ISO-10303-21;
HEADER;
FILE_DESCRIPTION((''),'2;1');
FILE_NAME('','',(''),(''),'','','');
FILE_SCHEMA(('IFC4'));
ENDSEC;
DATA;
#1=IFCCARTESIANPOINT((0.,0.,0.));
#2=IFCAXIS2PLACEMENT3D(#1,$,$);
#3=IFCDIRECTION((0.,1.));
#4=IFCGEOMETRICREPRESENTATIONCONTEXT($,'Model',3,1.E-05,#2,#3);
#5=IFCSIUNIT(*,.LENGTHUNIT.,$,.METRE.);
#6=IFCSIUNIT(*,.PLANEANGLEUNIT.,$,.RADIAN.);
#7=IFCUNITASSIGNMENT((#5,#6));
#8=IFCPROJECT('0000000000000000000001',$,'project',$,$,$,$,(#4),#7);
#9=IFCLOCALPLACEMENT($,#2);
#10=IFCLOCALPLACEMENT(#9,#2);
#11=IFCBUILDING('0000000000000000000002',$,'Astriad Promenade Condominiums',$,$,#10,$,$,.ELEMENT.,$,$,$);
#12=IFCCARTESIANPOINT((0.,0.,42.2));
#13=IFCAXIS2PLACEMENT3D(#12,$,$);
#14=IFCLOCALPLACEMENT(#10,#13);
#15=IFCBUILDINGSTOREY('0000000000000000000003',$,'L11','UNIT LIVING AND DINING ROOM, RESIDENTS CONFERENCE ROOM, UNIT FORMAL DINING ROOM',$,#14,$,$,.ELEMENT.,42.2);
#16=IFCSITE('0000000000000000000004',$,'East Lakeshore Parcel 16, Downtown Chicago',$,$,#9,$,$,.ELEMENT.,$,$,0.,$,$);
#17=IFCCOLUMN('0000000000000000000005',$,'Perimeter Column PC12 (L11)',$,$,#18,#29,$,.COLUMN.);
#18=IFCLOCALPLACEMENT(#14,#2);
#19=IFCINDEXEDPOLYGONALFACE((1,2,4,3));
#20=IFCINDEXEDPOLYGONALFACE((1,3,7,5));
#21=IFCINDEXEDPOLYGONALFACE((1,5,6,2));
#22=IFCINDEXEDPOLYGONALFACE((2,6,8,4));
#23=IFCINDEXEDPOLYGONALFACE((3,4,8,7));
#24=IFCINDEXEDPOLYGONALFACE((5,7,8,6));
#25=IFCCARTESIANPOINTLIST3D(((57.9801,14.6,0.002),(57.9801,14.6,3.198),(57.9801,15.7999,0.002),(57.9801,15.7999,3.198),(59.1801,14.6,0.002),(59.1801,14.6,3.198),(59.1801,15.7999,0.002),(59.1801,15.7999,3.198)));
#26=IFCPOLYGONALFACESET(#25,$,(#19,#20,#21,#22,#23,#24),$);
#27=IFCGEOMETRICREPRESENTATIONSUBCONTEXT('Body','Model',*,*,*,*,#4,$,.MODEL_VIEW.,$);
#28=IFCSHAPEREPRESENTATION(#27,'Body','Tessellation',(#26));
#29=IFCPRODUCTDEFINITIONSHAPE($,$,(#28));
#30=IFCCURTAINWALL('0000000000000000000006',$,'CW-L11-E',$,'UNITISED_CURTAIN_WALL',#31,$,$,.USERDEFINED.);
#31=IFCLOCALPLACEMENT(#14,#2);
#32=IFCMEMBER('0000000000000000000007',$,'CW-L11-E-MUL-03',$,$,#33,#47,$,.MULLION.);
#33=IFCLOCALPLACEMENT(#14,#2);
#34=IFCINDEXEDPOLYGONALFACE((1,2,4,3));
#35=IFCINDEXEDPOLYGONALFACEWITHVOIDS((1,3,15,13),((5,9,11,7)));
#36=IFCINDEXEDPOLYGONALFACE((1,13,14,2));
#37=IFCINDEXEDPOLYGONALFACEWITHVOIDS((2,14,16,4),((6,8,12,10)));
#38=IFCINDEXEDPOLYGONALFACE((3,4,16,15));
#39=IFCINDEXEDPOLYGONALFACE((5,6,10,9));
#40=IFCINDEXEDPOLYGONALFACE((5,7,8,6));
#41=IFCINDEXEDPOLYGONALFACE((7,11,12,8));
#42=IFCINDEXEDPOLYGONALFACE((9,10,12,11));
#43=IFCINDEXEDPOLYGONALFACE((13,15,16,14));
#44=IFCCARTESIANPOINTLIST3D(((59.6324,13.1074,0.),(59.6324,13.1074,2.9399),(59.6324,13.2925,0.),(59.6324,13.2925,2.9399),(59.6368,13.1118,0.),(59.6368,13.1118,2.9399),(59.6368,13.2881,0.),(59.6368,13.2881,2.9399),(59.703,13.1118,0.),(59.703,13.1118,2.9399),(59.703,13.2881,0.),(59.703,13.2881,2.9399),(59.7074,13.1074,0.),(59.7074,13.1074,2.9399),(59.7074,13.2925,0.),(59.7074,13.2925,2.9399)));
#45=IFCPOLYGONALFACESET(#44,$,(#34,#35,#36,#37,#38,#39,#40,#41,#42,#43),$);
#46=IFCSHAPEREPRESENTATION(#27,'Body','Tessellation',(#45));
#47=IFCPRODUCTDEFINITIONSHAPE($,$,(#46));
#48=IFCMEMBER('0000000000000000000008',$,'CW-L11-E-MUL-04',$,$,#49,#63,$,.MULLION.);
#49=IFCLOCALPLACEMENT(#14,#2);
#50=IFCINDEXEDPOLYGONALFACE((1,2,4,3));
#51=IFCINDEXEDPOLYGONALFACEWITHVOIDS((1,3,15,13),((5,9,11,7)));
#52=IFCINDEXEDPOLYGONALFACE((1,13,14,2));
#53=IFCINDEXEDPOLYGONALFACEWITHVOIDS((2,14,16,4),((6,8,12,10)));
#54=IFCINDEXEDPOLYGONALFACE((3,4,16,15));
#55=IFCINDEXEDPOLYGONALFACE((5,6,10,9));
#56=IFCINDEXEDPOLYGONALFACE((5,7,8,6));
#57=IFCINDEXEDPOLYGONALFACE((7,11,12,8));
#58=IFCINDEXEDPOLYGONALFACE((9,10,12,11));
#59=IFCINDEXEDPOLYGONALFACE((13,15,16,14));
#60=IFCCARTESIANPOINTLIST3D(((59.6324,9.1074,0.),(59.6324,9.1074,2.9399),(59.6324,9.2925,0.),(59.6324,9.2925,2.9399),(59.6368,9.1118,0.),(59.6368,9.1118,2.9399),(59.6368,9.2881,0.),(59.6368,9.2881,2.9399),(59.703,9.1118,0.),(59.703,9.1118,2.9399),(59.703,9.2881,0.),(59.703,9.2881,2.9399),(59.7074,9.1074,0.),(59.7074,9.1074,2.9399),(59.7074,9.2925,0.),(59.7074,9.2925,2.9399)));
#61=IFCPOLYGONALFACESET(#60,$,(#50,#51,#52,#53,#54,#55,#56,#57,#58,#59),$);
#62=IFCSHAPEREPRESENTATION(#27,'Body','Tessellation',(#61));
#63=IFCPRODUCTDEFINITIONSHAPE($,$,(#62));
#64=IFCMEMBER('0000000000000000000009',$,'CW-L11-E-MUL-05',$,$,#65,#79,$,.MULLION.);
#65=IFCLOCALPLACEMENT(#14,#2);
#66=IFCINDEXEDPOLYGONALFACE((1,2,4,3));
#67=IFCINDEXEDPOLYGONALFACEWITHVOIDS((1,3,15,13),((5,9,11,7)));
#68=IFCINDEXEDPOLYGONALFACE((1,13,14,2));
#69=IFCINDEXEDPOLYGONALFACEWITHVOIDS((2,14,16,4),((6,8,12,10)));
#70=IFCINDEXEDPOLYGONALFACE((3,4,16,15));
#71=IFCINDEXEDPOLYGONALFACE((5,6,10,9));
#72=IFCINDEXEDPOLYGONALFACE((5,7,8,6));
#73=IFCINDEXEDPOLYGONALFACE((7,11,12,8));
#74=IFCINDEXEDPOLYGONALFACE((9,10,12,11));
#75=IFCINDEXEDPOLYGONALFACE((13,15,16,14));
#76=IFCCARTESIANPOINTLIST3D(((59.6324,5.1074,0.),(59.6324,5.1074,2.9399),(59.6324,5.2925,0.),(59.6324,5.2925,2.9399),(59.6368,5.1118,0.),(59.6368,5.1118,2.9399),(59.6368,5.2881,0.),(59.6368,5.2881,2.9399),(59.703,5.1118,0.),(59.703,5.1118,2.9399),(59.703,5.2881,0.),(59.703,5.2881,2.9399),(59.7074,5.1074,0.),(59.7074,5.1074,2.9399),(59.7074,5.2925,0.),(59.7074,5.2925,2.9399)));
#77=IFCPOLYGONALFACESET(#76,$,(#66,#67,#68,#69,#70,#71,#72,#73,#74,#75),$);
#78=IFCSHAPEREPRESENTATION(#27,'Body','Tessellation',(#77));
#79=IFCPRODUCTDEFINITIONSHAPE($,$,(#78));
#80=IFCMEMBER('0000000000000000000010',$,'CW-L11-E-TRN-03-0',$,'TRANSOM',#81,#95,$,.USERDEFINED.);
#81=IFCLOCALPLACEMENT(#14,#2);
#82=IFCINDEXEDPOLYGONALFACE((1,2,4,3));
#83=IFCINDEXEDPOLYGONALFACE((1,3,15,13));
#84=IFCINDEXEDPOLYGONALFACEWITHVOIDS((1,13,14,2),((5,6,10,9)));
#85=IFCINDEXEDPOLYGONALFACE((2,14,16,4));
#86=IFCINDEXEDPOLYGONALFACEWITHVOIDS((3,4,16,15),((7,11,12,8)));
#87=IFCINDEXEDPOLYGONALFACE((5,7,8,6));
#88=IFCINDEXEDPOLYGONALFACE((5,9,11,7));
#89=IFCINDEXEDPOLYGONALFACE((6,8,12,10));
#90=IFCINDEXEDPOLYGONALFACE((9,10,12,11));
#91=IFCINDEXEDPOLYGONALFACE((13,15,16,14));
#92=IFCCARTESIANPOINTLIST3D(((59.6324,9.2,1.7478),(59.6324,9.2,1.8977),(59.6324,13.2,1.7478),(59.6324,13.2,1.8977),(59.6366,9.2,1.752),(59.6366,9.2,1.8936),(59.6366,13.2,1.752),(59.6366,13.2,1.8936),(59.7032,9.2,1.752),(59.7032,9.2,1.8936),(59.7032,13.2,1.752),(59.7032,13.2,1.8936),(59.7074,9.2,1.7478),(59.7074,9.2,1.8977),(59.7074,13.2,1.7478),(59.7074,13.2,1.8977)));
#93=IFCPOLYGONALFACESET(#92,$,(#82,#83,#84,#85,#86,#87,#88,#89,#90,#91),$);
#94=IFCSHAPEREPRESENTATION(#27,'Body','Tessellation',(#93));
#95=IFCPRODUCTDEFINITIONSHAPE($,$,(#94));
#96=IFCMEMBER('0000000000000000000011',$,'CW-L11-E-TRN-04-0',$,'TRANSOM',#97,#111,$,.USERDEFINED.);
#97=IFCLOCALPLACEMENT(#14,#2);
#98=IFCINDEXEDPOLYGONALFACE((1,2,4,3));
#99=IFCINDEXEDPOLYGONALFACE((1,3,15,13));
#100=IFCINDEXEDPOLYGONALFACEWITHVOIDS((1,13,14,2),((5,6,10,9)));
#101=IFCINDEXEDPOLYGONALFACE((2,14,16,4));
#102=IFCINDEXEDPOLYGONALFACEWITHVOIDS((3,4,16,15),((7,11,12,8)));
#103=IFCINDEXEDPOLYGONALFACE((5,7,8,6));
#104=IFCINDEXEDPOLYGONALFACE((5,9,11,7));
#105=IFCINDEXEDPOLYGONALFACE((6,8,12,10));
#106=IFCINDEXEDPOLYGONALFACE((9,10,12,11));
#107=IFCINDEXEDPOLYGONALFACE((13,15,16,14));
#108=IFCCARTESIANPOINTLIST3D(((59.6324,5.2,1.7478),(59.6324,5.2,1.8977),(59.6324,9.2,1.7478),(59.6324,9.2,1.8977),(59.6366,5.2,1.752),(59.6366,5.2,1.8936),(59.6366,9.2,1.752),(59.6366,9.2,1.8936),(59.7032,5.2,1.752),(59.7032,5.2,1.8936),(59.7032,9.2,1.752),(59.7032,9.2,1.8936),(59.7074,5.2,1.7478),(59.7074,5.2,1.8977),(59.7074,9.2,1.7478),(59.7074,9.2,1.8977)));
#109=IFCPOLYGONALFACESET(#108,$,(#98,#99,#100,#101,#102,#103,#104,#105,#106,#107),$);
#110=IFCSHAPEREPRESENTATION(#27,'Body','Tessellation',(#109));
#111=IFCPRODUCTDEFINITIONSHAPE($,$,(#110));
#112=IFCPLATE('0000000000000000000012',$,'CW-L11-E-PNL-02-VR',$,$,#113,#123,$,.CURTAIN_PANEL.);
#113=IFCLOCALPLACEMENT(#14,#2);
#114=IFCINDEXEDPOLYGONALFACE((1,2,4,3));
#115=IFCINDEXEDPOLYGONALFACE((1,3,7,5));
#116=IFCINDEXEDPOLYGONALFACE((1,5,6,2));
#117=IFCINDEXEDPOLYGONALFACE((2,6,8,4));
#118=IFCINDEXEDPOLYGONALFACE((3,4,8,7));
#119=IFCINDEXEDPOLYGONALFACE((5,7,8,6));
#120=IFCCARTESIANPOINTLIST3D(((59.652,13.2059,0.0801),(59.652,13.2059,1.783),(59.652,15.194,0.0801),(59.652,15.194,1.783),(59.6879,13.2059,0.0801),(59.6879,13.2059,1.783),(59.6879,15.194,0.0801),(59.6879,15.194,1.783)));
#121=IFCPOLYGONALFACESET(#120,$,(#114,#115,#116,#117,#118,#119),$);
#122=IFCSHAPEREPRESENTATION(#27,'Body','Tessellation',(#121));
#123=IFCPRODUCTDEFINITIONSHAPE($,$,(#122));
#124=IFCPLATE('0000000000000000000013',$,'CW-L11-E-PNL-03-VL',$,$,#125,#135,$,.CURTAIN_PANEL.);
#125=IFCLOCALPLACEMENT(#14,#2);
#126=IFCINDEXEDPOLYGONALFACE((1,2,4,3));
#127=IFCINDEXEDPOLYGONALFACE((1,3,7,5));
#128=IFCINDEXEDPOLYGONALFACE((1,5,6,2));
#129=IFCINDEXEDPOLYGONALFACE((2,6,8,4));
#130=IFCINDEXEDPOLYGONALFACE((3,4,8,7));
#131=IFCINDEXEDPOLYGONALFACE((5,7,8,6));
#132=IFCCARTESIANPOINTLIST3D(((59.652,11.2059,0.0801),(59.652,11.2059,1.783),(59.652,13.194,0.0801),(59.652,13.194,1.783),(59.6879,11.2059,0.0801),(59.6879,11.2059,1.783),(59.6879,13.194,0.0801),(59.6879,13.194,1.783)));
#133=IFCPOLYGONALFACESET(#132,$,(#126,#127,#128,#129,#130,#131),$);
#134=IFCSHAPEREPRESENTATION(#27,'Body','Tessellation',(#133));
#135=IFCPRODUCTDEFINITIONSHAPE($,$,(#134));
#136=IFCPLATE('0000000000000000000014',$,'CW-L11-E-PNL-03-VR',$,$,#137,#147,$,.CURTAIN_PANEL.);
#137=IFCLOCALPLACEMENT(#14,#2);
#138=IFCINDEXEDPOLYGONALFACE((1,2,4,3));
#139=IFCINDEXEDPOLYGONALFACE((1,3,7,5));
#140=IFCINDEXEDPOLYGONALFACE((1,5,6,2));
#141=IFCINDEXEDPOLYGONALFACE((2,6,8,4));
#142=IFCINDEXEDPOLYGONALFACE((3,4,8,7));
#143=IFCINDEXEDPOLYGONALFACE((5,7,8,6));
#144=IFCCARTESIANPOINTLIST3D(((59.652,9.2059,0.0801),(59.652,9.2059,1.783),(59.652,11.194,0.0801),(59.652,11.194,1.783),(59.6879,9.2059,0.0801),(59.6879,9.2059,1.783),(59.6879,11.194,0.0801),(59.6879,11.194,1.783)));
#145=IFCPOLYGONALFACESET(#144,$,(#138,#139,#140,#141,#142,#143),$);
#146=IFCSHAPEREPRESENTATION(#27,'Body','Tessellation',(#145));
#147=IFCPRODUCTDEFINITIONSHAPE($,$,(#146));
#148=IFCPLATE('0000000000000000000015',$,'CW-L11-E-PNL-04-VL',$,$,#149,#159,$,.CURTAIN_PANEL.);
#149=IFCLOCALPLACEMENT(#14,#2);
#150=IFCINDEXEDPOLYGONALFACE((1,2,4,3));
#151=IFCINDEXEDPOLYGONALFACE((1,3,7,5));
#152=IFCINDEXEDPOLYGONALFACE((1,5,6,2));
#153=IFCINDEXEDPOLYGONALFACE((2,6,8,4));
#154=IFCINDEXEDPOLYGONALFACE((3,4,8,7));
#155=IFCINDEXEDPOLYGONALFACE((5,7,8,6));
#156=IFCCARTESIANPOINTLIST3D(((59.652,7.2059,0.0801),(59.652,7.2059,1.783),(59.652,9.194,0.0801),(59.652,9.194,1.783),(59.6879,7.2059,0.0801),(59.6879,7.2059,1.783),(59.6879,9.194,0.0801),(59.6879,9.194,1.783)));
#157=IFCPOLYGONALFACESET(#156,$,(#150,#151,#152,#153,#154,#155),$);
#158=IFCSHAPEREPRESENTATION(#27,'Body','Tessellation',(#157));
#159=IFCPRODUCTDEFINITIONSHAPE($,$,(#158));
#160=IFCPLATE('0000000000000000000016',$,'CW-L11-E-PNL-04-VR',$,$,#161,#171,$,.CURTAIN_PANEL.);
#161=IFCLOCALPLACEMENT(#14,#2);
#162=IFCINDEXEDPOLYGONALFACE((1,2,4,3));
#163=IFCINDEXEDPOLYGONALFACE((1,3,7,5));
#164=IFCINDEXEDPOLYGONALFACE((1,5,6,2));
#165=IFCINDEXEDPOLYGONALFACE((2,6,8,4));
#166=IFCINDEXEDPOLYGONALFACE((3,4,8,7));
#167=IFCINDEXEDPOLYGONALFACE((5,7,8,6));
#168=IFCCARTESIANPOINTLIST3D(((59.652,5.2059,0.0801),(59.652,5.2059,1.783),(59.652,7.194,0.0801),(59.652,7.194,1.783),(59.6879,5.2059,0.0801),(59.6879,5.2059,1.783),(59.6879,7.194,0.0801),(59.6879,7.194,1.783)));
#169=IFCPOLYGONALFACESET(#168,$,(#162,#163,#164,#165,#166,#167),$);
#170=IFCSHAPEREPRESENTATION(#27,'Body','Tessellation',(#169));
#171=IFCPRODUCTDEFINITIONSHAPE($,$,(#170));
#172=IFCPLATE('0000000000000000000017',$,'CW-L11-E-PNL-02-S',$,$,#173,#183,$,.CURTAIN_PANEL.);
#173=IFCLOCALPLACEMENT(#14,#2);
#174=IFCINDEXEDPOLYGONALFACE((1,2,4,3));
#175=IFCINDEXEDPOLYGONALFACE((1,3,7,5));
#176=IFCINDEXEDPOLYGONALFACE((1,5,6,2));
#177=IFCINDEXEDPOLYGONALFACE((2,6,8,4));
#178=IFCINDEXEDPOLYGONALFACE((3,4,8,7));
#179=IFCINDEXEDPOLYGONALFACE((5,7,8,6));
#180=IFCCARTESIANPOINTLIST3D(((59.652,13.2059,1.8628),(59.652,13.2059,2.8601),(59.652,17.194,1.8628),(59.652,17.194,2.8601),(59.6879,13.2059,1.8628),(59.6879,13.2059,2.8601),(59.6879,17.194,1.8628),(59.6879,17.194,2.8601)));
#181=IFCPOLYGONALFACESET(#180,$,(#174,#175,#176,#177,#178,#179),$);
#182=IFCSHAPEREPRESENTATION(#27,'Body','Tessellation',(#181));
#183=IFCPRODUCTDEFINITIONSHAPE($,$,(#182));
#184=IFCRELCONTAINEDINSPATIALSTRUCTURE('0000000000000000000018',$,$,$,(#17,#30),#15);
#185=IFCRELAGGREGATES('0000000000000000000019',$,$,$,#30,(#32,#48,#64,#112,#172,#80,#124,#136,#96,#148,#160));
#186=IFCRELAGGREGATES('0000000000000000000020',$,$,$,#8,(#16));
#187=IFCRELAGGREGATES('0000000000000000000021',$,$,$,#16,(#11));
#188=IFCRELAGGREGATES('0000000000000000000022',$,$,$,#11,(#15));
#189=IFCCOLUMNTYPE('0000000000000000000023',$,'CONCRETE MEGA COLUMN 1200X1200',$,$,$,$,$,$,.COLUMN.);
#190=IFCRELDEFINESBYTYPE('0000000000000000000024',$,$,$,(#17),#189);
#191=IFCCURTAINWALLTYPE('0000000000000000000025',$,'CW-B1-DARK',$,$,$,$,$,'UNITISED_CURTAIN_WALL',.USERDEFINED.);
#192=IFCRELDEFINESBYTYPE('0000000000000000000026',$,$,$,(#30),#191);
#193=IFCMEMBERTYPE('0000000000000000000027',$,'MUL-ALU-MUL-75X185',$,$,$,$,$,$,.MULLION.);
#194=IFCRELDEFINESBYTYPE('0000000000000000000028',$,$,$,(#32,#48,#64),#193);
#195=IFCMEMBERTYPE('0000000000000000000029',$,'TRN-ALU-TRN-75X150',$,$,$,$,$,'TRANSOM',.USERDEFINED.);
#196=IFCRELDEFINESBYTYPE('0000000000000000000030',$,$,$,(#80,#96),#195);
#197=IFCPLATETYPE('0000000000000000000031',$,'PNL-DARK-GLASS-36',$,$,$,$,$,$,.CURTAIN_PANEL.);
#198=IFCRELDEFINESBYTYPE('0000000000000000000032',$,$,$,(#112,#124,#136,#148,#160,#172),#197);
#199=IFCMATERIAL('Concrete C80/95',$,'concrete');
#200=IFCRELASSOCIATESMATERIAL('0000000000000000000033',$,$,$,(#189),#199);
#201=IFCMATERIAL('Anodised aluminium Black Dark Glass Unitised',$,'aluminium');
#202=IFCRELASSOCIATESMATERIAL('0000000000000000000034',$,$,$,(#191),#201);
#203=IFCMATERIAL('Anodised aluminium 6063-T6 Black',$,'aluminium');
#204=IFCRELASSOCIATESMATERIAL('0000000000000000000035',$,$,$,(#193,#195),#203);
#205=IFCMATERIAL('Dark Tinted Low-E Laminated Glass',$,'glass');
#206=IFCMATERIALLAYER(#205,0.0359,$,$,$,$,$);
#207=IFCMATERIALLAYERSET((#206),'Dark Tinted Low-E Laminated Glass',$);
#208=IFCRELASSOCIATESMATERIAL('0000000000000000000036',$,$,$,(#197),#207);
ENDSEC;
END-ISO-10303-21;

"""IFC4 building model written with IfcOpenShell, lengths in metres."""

from ifc_helpers import new_model, si_unit, direction, frame, origin, origin_2d, place, context, subcontext, project, spatial, rectangle, hollow_rectangle, extrude, source, transform, mapped, material, layer, layer_set, material_profile, profile_set, type_object, type_shapes, element, aggregate, save


model = new_model("IFC4")

# Units and contexts
model_context = context("Model", 3, precision=1e-05, world=origin(), true_north=direction((0.0, 1.0)))
body_context = subcontext(model_context, "Body", "Model", "MODEL_VIEW")
ifc_project = project(units=[si_unit("LENGTHUNIT", "METRE"), si_unit("PLANEANGLEUNIT", "RADIAN")], contexts=[model_context])

# Site, building, storey
site_placement = place(None, origin())
site = spatial("IfcSite", under=ifc_project, at=site_placement, Name="East Lakeshore Parcel 16, Downtown Chicago", CompositionType="ELEMENT", RefElevation=0.0)
building_placement = place(site_placement, origin())
building = spatial("IfcBuilding", under=site, at=building_placement, Name="Astriad Promenade Condominiums", CompositionType="ELEMENT")
storey_placement = place(building_placement, frame((0.0, 0.0, 42.2)))
storey = spatial("IfcBuildingStorey", under=building, at=storey_placement, Name="L11", Description="UNIT LIVING AND DINING ROOM, RESIDENTS CONFERENCE ROOM, UNIT FORMAL DINING ROOM", CompositionType="ELEMENT", Elevation=42.2)

# Column
ifc_material_1 = material(Name="Concrete C80/95", Category="concrete")
ifc_material_profile_1 = material_profile(ifc_material_1, rectangle(XDim=1.2, YDim=1.2, at=origin_2d()), Name="RC-COL-1200X1200")
ifc_profile_set_1 = profile_set([ifc_material_profile_1], Name="Concrete C80/95")
column_type = type_object("IfcColumnType", Name="CONCRETE MEGA COLUMN 1200X1200", PredefinedType="COLUMN", material=ifc_profile_set_1)
shared_shape_1 = source(origin(), body_context, "Body", "SweptSolid", [
    extrude(rectangle(XDim=1.2, YDim=1.2, at=origin_2d()), origin(), (0.0, 0.0, 1.0), 3.196),
])
type_shapes(column_type, [shared_shape_1])
column_placement = place(storey_placement, frame((58.5801, 15.2, 0.002), z_axis=(0.0, 0.0, 1.0), x_axis=(1.0, 0.0, 0.0)))
element("IfcColumn", 1, at=column_placement, inside=storey, type_object=column_type, Name="Perimeter Column PC12 (L11)", PredefinedType="COLUMN", context=body_context, shape_type="MappedRepresentation", body=[
    mapped(shared_shape_1, transform((0.0, 0.0, 0.0), scale=1.0)),
])

# Curtain wall, members, plates
ifc_material_2 = material(Name="Anodised aluminium Black Dark Glass Unitised", Category="aluminium")
curtain_wall_type = type_object("IfcCurtainWallType", Name="CW-B1-DARK", ElementType="UNITISED_CURTAIN_WALL", PredefinedType="USERDEFINED", material=ifc_material_2)
curtain_wall_placement = place(storey_placement, origin())
curtain_wall = element("IfcCurtainWall", 2, at=curtain_wall_placement, inside=storey, type_object=curtain_wall_type, Name="CW-L11-E", ObjectType="UNITISED_CURTAIN_WALL", PredefinedType="USERDEFINED")
ifc_material_3 = material(Name="Anodised aluminium 6063-T6 Black", Category="aluminium")
ifc_material_profile_2 = material_profile(ifc_material_3, hollow_rectangle(XDim=0.075, YDim=0.1851, WallThickness=0.0044, at=origin_2d()), Name="ALU-MUL-75X185")
ifc_profile_set_2 = profile_set([ifc_material_profile_2], Name="Anodised aluminium 6063-T6 Black")
member_type_1 = type_object("IfcMemberType", Name="MUL-ALU-MUL-75X185", PredefinedType="MULLION", material=ifc_profile_set_2)
shared_shape_2 = source(origin(), body_context, "Body", "SweptSolid", [
    extrude(hollow_rectangle(XDim=0.075, YDim=0.1851, WallThickness=0.0044, at=origin_2d()), origin(), (0.0, 0.0, 1.0), 2.9399),
])
type_shapes(member_type_1, [shared_shape_2])
member_1_placement = place(storey_placement, frame((59.6699, 13.2, 0.0), z_axis=(0.0, 0.0, 1.0), x_axis=(1.0, 0.0, 0.0)))
member_1 = element("IfcMember", 3, at=member_1_placement, type_object=member_type_1, Name="CW-L11-E-MUL-03", PredefinedType="MULLION", context=body_context, shape_type="MappedRepresentation", body=[
    mapped(shared_shape_2, transform((0.0, 0.0, 0.0), scale=1.0)),
])
member_2_placement = place(storey_placement, frame((59.6699, 9.2, 0.0), z_axis=(0.0, 0.0, 1.0), x_axis=(1.0, 0.0, 0.0)))
member_2 = element("IfcMember", 4, at=member_2_placement, type_object=member_type_1, Name="CW-L11-E-MUL-04", PredefinedType="MULLION", context=body_context, shape_type="MappedRepresentation", body=[
    mapped(shared_shape_2, transform((0.0, 0.0, 0.0), scale=1.0)),
])
member_3_placement = place(storey_placement, frame((59.6699, 5.2, 0.0), z_axis=(0.0, 0.0, 1.0), x_axis=(1.0, 0.0, 0.0)))
member_3 = element("IfcMember", 5, at=member_3_placement, type_object=member_type_1, Name="CW-L11-E-MUL-05", PredefinedType="MULLION", context=body_context, shape_type="MappedRepresentation", body=[
    mapped(shared_shape_2, transform((0.0, 0.0, 0.0), scale=1.0)),
])
ifc_material_profile_3 = material_profile(ifc_material_3, hollow_rectangle(XDim=0.075, YDim=0.1499, WallThickness=0.0042, at=origin_2d()), Name="ALU-TRN-75X150")
ifc_profile_set_3 = profile_set([ifc_material_profile_3], Name="Anodised aluminium 6063-T6 Black")
member_type_2 = type_object("IfcMemberType", Name="TRN-ALU-TRN-75X150", ElementType="TRANSOM", PredefinedType="USERDEFINED", material=ifc_profile_set_3)
shared_shape_3 = source(origin(), body_context, "Body", "SweptSolid", [
    extrude(hollow_rectangle(XDim=0.075, YDim=0.1499, WallThickness=0.0042, at=origin_2d()), origin(), (0.0, 0.0, 1.0), 4.0),
])
type_shapes(member_type_2, [shared_shape_3])
member_4_placement = place(storey_placement, frame((59.6699, 13.2, 1.8228), z_axis=(0.0, -1.0, 0.0), x_axis=(1.0, 0.0, 0.0)))
member_4 = element("IfcMember", 6, at=member_4_placement, type_object=member_type_2, Name="CW-L11-E-TRN-03-0", ObjectType="TRANSOM", PredefinedType="USERDEFINED", context=body_context, shape_type="MappedRepresentation", body=[
    mapped(shared_shape_3, transform((0.0, 0.0, 0.0), scale=1.0)),
])
member_5_placement = place(storey_placement, frame((59.6699, 9.2, 1.8228), z_axis=(0.0, -1.0, 0.0), x_axis=(1.0, 0.0, 0.0)))
member_5 = element("IfcMember", 7, at=member_5_placement, type_object=member_type_2, Name="CW-L11-E-TRN-04-0", ObjectType="TRANSOM", PredefinedType="USERDEFINED", context=body_context, shape_type="MappedRepresentation", body=[
    mapped(shared_shape_3, transform((0.0, 0.0, 0.0), scale=1.0)),
])
ifc_material_4 = material(Name="Dark Tinted Low-E Laminated Glass", Category="glass")
ifc_layer_1 = layer(ifc_material_4, 0.0359)
ifc_layer_set_1 = layer_set([ifc_layer_1], Name="Dark Tinted Low-E Laminated Glass")
plate_type = type_object("IfcPlateType", Name="PNL-DARK-GLASS-36", PredefinedType="CURTAIN_PANEL", material=ifc_layer_set_1)
shared_shape_4 = source(origin(), body_context, "Body", "SweptSolid", [
    extrude(rectangle(XDim=1.988, YDim=0.0359, at=origin_2d()), origin(), (0.0, 0.0, 1.0), 1.7029),
])
plate_1_placement = place(storey_placement, frame((59.6699, 14.2, 0.0801), z_axis=(0.0, 0.0, 1.0), x_axis=(0.0, -1.0, 0.0)))
plate_1 = element("IfcPlate", 8, at=plate_1_placement, type_object=plate_type, Name="CW-L11-E-PNL-02-VR", PredefinedType="CURTAIN_PANEL", context=body_context, shape_type="MappedRepresentation", body=[
    mapped(shared_shape_4, transform((0.0, 0.0, 0.0), scale=1.0)),
])
plate_2_placement = place(storey_placement, frame((59.6699, 12.2, 0.0801), z_axis=(0.0, 0.0, 1.0), x_axis=(0.0, -1.0, 0.0)))
plate_2 = element("IfcPlate", 9, at=plate_2_placement, type_object=plate_type, Name="CW-L11-E-PNL-03-VL", PredefinedType="CURTAIN_PANEL", context=body_context, shape_type="MappedRepresentation", body=[
    mapped(shared_shape_4, transform((0.0, 0.0, 0.0), scale=1.0)),
])
plate_3_placement = place(storey_placement, frame((59.6699, 10.2, 0.0801), z_axis=(0.0, 0.0, 1.0), x_axis=(0.0, -1.0, 0.0)))
plate_3 = element("IfcPlate", 10, at=plate_3_placement, type_object=plate_type, Name="CW-L11-E-PNL-03-VR", PredefinedType="CURTAIN_PANEL", context=body_context, shape_type="MappedRepresentation", body=[
    mapped(shared_shape_4, transform((0.0, 0.0, 0.0), scale=1.0)),
])
plate_4_placement = place(storey_placement, frame((59.6699, 8.2, 0.0801), z_axis=(0.0, 0.0, 1.0), x_axis=(0.0, -1.0, 0.0)))
plate_4 = element("IfcPlate", 11, at=plate_4_placement, type_object=plate_type, Name="CW-L11-E-PNL-04-VL", PredefinedType="CURTAIN_PANEL", context=body_context, shape_type="MappedRepresentation", body=[
    mapped(shared_shape_4, transform((0.0, 0.0, 0.0), scale=1.0)),
])
plate_5_placement = place(storey_placement, frame((59.6699, 6.2, 0.0801), z_axis=(0.0, 0.0, 1.0), x_axis=(0.0, -1.0, 0.0)))
plate_5 = element("IfcPlate", 12, at=plate_5_placement, type_object=plate_type, Name="CW-L11-E-PNL-04-VR", PredefinedType="CURTAIN_PANEL", context=body_context, shape_type="MappedRepresentation", body=[
    mapped(shared_shape_4, transform((0.0, 0.0, 0.0), scale=1.0)),
])
shared_shape_5 = source(origin(), body_context, "Body", "SweptSolid", [
    extrude(rectangle(XDim=3.988, YDim=0.0359, at=origin_2d()), origin(), (0.0, 0.0, 1.0), 0.9973),
])
type_shapes(plate_type, [shared_shape_4, shared_shape_5])
plate_6_placement = place(storey_placement, frame((59.6699, 15.2, 1.8628), z_axis=(0.0, 0.0, 1.0), x_axis=(0.0, -1.0, 0.0)))
plate_6 = element("IfcPlate", 13, at=plate_6_placement, type_object=plate_type, Name="CW-L11-E-PNL-02-S", PredefinedType="CURTAIN_PANEL", context=body_context, shape_type="MappedRepresentation", body=[
    mapped(shared_shape_5, transform((0.0, 0.0, 0.0), scale=1.0)),
])
aggregate(curtain_wall, [member_1, member_2, member_3, plate_1, plate_6, member_4, plate_2, plate_3, member_5, plate_4, plate_5])

save(model, "model.ifc")
